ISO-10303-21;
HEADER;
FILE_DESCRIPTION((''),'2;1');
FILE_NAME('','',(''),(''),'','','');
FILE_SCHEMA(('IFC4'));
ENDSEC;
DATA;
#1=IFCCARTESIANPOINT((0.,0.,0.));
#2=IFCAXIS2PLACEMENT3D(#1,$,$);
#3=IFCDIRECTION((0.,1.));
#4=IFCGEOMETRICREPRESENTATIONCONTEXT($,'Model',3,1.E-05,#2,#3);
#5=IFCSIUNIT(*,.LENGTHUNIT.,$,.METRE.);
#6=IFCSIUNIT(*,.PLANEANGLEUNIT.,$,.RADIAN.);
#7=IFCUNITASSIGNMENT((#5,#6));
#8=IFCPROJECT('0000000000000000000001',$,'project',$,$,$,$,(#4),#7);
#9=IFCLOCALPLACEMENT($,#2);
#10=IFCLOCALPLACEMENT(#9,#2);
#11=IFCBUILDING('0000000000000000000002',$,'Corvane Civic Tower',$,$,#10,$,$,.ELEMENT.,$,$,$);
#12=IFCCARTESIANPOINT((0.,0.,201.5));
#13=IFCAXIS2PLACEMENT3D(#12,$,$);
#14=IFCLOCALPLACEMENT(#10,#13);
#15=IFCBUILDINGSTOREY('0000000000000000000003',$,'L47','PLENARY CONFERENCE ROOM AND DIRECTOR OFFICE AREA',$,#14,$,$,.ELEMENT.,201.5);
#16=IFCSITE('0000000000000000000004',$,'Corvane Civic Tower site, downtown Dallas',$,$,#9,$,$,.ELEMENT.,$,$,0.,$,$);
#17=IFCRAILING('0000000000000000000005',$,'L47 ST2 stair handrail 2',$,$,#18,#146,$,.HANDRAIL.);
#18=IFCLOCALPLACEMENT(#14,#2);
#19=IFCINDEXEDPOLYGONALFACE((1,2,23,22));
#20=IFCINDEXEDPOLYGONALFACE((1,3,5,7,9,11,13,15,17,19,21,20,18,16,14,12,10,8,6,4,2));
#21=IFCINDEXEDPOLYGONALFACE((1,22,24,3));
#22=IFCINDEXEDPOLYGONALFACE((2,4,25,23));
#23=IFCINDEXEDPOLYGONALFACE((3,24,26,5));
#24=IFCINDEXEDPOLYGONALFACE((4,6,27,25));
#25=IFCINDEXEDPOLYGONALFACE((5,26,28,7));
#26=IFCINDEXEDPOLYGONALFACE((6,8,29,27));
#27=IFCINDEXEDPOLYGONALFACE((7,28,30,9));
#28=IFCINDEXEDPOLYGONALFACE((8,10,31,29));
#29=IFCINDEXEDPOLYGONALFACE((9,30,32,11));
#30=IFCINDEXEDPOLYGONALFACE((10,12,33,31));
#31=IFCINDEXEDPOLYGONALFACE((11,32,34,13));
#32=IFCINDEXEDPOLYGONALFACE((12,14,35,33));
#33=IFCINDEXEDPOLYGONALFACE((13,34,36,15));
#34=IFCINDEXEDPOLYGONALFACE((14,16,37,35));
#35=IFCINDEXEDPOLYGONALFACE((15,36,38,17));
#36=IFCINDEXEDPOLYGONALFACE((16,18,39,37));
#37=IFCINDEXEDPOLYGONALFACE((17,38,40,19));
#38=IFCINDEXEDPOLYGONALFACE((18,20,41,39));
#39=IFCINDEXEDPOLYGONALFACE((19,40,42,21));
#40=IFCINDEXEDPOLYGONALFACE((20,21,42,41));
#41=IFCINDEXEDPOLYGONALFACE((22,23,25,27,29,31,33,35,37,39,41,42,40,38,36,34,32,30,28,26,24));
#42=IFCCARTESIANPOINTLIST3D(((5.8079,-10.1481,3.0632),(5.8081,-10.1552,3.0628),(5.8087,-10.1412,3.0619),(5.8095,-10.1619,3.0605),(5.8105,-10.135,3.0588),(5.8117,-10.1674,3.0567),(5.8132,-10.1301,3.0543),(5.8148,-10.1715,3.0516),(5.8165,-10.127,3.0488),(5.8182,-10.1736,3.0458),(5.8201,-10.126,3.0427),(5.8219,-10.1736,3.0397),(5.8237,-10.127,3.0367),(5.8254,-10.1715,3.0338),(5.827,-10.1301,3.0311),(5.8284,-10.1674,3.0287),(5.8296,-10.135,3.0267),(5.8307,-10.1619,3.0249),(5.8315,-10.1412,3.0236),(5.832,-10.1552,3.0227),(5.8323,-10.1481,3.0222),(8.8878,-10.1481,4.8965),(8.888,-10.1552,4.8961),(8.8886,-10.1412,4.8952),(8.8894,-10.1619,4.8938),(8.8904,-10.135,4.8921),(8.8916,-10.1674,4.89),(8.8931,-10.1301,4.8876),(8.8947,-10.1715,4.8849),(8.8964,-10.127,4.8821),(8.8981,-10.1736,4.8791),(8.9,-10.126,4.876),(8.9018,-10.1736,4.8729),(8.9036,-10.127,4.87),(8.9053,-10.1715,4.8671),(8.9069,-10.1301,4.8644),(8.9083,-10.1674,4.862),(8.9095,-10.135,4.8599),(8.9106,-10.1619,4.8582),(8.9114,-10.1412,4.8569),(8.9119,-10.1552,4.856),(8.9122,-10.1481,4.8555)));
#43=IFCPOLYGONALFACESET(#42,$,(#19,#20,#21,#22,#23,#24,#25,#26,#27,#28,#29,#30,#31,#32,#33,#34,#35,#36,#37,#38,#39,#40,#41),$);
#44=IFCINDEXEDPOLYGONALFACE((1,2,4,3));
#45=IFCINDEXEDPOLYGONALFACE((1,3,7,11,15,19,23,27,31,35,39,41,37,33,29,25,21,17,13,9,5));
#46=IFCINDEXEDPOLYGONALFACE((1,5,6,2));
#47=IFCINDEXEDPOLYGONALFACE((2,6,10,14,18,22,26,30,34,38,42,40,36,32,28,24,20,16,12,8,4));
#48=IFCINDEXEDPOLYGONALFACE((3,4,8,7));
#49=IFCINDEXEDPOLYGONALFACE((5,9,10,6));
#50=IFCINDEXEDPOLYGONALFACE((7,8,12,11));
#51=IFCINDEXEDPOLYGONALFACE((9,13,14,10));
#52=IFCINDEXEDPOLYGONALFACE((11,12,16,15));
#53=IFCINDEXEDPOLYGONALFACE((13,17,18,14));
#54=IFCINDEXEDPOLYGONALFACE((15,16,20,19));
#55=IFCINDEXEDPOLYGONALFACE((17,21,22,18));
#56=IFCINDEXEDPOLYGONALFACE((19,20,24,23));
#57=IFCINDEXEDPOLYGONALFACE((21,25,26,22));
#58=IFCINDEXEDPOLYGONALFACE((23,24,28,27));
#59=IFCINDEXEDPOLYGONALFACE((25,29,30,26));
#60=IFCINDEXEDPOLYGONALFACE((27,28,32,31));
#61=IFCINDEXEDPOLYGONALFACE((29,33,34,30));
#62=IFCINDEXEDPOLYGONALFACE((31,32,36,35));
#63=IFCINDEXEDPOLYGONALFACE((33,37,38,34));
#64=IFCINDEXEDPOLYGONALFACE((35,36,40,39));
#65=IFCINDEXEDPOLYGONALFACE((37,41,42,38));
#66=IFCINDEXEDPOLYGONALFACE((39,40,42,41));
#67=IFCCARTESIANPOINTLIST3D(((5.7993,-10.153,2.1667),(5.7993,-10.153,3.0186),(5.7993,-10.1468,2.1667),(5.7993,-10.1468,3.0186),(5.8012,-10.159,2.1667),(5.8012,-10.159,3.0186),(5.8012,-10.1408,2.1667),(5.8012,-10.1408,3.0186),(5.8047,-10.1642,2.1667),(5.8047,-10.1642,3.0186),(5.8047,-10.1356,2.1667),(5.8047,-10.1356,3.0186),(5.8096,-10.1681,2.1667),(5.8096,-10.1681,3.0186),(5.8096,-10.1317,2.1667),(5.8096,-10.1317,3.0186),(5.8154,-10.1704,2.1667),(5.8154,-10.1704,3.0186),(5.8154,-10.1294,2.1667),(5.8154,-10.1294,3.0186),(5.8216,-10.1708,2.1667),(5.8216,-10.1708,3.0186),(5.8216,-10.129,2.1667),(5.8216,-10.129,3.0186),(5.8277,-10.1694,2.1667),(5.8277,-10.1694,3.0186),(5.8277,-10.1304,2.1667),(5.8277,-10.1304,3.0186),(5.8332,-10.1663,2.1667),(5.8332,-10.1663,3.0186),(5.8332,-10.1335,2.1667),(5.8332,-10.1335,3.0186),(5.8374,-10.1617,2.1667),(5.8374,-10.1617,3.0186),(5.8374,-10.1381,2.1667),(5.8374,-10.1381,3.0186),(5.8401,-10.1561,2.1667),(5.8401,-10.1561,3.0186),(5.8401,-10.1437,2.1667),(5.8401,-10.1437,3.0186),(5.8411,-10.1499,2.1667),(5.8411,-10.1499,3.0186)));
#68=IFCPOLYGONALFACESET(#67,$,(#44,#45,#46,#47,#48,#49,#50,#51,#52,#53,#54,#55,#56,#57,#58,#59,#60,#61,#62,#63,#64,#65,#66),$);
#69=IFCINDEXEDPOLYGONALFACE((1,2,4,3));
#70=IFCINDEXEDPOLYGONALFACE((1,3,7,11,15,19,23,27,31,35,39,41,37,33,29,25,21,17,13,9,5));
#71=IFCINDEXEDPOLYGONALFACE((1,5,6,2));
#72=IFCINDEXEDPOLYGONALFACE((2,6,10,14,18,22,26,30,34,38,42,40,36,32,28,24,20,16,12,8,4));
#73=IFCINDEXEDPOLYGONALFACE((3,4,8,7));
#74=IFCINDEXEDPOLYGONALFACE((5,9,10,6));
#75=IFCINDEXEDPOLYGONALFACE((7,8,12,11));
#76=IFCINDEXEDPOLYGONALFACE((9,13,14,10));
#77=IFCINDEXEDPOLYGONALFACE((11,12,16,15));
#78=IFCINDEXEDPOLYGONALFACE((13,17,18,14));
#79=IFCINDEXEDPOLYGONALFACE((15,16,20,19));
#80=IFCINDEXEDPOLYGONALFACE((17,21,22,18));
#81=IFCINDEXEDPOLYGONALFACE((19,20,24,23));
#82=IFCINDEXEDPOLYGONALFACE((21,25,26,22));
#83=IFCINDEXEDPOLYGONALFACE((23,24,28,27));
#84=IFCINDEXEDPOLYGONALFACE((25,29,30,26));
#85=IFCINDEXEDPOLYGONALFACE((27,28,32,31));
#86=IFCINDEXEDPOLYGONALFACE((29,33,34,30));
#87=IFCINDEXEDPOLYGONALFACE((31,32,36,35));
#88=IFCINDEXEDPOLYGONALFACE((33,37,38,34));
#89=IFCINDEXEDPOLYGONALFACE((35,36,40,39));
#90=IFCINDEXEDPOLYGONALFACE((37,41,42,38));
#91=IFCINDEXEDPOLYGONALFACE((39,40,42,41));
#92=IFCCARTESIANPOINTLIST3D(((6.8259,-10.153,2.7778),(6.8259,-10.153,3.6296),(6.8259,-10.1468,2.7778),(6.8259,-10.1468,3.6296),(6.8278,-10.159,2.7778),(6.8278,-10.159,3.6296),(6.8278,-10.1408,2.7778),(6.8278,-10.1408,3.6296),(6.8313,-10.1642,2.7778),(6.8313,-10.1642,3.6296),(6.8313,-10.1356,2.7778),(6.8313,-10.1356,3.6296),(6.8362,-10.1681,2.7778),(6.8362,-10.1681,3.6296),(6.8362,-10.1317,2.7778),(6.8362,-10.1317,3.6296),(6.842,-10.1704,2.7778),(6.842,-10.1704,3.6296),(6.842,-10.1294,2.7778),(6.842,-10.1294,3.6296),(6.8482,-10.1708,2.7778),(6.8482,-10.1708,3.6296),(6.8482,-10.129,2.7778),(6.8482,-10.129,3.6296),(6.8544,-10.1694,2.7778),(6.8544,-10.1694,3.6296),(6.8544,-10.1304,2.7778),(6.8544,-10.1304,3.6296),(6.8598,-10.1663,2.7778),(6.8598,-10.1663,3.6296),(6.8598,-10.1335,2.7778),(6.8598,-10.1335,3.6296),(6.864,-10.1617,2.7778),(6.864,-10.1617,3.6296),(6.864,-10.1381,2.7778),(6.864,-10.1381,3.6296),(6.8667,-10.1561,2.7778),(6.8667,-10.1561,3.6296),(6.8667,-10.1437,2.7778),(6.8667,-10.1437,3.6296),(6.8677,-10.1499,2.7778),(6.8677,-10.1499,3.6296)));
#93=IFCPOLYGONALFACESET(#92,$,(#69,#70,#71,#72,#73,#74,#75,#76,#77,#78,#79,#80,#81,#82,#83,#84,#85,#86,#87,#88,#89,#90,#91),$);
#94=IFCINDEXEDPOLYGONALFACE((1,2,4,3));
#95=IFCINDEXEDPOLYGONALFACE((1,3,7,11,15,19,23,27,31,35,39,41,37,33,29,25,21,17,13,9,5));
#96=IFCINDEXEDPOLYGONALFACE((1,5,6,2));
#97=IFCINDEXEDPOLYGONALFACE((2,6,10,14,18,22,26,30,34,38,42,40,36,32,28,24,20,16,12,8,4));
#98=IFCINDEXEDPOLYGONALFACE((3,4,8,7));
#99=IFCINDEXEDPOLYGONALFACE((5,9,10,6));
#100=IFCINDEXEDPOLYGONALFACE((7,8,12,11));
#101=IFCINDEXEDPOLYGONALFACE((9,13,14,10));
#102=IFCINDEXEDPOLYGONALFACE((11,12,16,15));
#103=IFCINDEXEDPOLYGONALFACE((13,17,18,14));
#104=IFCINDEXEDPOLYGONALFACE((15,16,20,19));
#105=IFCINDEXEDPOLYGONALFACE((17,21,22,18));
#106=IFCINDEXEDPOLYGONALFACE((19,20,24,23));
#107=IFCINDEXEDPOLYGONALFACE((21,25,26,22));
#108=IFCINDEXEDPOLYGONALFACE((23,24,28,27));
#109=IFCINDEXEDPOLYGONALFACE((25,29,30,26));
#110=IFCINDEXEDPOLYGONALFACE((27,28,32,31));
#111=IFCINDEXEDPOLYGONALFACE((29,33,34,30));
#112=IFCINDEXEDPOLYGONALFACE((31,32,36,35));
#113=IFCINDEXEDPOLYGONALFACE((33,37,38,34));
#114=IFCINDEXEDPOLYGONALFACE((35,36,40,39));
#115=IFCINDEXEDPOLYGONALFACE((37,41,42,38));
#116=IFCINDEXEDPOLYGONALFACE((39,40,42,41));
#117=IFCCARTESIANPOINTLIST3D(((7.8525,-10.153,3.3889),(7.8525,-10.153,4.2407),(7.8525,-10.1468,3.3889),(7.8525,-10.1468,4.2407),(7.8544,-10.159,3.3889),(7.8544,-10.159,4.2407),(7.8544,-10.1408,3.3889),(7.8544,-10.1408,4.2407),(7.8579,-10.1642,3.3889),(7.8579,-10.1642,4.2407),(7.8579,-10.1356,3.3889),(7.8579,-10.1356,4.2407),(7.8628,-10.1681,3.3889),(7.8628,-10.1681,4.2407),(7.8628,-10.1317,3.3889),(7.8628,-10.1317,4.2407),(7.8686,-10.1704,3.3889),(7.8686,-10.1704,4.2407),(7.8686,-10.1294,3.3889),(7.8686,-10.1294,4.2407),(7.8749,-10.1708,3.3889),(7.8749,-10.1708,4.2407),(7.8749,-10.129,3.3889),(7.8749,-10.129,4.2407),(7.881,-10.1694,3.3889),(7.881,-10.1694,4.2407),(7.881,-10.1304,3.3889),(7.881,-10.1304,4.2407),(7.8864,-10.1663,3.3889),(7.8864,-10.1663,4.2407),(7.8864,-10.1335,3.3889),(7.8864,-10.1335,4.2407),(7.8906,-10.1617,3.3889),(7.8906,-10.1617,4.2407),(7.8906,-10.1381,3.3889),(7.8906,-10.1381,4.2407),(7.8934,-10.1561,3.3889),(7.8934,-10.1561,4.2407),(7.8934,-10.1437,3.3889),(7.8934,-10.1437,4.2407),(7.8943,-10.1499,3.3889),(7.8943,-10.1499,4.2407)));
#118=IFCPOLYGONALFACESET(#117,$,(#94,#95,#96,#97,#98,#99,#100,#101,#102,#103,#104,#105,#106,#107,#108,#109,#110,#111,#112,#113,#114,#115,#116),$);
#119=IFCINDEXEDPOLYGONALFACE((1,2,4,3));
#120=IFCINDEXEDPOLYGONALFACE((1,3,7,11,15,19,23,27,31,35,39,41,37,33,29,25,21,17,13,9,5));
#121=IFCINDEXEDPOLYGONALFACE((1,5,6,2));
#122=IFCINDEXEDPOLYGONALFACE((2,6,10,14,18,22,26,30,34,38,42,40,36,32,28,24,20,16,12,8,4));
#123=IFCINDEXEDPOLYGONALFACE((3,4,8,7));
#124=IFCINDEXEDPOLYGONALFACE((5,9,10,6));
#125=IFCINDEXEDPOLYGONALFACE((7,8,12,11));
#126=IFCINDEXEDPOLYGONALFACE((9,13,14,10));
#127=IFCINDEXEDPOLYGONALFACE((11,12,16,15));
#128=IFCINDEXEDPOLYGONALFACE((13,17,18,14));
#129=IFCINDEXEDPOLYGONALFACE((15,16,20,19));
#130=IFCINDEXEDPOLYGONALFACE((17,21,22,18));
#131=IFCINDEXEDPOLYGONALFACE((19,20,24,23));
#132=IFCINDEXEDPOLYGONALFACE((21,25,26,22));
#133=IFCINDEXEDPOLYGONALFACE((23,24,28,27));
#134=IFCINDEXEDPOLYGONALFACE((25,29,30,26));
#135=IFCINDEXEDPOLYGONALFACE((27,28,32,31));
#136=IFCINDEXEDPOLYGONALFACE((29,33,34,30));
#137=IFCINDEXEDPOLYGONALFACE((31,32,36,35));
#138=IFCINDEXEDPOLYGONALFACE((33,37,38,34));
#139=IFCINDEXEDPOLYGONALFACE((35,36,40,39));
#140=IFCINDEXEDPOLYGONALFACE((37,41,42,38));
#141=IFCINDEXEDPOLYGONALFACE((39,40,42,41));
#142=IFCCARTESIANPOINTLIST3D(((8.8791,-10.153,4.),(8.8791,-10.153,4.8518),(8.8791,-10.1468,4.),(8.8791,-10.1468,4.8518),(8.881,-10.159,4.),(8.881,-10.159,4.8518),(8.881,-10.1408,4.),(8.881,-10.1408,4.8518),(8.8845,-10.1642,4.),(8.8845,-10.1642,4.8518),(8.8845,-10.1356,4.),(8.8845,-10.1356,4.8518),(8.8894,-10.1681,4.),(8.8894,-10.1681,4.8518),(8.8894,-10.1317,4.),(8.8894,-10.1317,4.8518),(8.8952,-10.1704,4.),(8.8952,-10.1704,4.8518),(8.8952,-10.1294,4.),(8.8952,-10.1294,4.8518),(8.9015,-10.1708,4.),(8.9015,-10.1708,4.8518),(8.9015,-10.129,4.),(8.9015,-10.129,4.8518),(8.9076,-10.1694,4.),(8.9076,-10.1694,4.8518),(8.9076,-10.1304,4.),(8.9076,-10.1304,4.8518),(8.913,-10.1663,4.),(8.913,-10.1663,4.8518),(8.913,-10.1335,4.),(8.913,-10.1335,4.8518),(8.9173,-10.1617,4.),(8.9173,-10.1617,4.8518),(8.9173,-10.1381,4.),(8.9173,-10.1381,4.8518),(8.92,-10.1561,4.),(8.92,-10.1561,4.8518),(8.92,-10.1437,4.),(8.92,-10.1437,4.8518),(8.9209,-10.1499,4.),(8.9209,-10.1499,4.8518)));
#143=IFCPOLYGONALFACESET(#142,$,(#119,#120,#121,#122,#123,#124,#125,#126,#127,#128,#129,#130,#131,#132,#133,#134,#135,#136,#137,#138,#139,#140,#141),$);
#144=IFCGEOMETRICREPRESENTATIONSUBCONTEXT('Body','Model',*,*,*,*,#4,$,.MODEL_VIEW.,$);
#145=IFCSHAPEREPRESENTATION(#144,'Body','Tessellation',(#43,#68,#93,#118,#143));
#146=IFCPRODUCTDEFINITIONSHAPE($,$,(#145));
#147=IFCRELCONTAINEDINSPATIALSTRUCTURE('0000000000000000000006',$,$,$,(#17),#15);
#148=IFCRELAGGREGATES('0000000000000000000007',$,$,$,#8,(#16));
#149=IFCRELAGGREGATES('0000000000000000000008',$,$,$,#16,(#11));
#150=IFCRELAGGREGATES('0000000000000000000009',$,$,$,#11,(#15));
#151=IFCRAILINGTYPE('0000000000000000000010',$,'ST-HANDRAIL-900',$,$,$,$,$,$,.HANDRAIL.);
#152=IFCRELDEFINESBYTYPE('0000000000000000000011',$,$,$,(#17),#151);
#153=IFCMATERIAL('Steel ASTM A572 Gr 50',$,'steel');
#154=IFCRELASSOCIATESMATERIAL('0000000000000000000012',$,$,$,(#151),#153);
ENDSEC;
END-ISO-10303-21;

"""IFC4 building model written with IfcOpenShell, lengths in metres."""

from ifc_helpers import new_model, si_unit, direction, frame, origin, origin_2d, place, context, subcontext, project, spatial, circle, extrude, material, type_object, element, save


model = new_model("IFC4")

# Units and contexts
model_context = context("Model", 3, precision=1e-05, world=origin(), true_north=direction((0.0, 1.0)))
body_context = subcontext(model_context, "Body", "Model", "MODEL_VIEW")
ifc_project = project(units=[si_unit("LENGTHUNIT", "METRE"), si_unit("PLANEANGLEUNIT", "RADIAN")], contexts=[model_context])

# Site, building, storey
site_placement = place(None, origin())
site = spatial("IfcSite", under=ifc_project, at=site_placement, Name="Corvane Civic Tower site, downtown Dallas", CompositionType="ELEMENT", RefElevation=0.0)
building_placement = place(site_placement, origin())
building = spatial("IfcBuilding", under=site, at=building_placement, Name="Corvane Civic Tower", CompositionType="ELEMENT")
storey_placement = place(building_placement, frame((0.0, 0.0, 201.5)))
storey = spatial("IfcBuildingStorey", under=building, at=storey_placement, Name="L47", Description="PLENARY CONFERENCE ROOM AND DIRECTOR OFFICE AREA", CompositionType="ELEMENT", Elevation=201.5)

# Railing
ifc_material_1 = material(Name="Steel ASTM A572 Gr 50", Category="steel")
railing_type_1 = type_object("IfcRailingType", Name="ST-HANDRAIL-900", PredefinedType="HANDRAIL", material=ifc_material_1)
railing_1_placement = place(storey_placement, frame((5.8201, -10.1499, 2.1667)))
element("IfcRailing", 1, at=railing_1_placement, inside=storey, type_object=railing_type_1, Name="L47 ST2 stair handrail 2", PredefinedType="HANDRAIL", context=body_context, shape_type="SweptSolid", body=[
    extrude(circle(Radius=0.0239, at=origin_2d()), frame((0.0, 0.0, 0.876), z_axis=(0.859291, 0.0, 0.511487), x_axis=(0.0, 1.0, 0.0)), (0.0, 0.0, 1.0), 3.5842),
    extrude(circle(Radius=0.021, at=origin_2d()), origin(), (0.0, 0.0, 1.0), 0.8518),
    extrude(circle(Radius=0.021, at=origin_2d()), frame((1.0266, 0.0, 0.6111)), (0.0, 0.0, 1.0), 0.8518),
    extrude(circle(Radius=0.021, at=origin_2d()), frame((2.0532, 0.0, 1.2222)), (0.0, 0.0, 1.0), 0.8518),
    extrude(circle(Radius=0.021, at=origin_2d()), frame((3.0798, 0.0, 1.8333)), (0.0, 0.0, 1.0), 0.8518),
])

save(model, "model.ifc")
